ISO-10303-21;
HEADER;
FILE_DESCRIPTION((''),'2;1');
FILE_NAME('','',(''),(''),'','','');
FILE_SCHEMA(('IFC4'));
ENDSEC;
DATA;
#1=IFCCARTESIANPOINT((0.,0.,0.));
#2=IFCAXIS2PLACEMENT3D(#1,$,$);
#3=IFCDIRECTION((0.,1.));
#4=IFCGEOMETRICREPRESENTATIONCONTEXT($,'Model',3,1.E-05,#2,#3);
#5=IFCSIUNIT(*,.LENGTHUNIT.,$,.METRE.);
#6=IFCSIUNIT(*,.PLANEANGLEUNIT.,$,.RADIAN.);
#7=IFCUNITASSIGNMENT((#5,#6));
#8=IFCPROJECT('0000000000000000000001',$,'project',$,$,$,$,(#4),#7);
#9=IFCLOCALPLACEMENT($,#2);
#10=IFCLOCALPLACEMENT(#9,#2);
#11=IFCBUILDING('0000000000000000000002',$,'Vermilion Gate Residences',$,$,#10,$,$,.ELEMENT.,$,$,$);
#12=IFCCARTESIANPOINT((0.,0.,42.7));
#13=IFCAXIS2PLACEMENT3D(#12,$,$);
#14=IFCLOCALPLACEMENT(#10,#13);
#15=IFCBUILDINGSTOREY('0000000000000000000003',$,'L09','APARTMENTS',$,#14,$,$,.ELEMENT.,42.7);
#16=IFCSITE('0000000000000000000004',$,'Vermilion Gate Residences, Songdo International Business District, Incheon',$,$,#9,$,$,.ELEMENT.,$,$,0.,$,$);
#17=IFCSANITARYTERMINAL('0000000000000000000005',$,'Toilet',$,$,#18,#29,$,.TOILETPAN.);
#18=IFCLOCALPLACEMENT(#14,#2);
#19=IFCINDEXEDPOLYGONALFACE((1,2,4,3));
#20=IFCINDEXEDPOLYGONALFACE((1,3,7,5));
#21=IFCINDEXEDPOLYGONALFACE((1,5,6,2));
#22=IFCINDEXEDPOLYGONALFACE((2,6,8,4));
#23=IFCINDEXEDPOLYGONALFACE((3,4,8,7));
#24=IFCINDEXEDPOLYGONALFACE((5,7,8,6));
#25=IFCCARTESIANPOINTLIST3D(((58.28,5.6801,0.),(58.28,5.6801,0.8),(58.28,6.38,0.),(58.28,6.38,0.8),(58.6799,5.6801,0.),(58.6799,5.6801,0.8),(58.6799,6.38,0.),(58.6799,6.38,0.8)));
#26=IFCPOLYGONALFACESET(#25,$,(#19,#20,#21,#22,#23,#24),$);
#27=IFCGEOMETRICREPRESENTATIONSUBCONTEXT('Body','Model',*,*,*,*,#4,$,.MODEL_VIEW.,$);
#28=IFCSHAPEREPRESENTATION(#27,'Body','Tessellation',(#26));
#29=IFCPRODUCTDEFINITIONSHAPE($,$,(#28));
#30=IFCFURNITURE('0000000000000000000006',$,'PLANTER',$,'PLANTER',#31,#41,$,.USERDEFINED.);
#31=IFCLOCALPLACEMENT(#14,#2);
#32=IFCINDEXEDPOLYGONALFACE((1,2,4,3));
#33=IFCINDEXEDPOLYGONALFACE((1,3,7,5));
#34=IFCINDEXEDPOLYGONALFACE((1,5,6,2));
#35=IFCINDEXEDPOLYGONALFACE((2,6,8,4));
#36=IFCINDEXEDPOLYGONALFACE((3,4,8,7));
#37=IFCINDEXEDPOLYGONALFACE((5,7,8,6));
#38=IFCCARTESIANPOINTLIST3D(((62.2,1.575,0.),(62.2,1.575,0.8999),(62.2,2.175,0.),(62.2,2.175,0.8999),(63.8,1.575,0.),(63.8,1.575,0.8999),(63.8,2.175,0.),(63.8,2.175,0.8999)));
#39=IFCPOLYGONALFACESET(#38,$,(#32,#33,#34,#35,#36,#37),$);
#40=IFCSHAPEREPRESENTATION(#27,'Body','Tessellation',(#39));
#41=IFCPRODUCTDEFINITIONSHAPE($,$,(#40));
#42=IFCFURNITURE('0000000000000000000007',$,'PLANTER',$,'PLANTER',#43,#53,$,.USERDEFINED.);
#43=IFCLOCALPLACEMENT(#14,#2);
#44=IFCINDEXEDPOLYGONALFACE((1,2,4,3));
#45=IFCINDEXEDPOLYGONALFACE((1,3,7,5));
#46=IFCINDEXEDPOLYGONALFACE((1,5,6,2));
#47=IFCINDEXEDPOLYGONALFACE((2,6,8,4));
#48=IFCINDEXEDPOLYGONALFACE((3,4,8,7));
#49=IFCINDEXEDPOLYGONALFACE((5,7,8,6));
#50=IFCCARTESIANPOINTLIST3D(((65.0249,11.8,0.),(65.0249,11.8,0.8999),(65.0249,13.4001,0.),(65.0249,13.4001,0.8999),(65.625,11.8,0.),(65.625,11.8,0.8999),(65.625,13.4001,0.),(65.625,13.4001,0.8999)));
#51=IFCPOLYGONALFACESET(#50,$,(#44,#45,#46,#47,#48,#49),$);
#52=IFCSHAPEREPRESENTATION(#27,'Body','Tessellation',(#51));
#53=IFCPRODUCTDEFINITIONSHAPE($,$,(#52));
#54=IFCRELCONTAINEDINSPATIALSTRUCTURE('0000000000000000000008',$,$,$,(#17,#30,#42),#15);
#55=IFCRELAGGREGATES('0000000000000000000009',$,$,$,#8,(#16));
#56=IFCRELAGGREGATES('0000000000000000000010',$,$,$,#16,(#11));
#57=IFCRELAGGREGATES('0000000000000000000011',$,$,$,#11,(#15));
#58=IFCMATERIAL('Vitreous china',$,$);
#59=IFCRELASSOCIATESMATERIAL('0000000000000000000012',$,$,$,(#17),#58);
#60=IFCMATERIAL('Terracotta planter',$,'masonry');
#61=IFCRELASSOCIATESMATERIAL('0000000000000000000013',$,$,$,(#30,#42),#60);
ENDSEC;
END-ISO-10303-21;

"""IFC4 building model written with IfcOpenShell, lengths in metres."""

from ifc_helpers import new_model, si_unit, direction, frame, origin, origin_2d, place, context, subcontext, project, spatial, rectangle, extrude, material, element, save


model = new_model("IFC4")

# Units and contexts
model_context = context("Model", 3, precision=1e-05, world=origin(), true_north=direction((0.0, 1.0)))
body_context = subcontext(model_context, "Body", "Model", "MODEL_VIEW")
ifc_project = project(units=[si_unit("LENGTHUNIT", "METRE"), si_unit("PLANEANGLEUNIT", "RADIAN")], contexts=[model_context])

# Site, building, storey
site_placement = place(None, origin())
site = spatial("IfcSite", under=ifc_project, at=site_placement, Name="Vermilion Gate Residences, Songdo International Business District, Incheon", CompositionType="ELEMENT", RefElevation=0.0)
building_placement = place(site_placement, origin())
building = spatial("IfcBuilding", under=site, at=building_placement, Name="Vermilion Gate Residences", CompositionType="ELEMENT")
storey_placement = place(building_placement, frame((0.0, 0.0, 42.7)))
storey = spatial("IfcBuildingStorey", under=building, at=storey_placement, Name="L09", Description="APARTMENTS", CompositionType="ELEMENT", Elevation=42.7)

# Sanitary terminal
ifc_material_1 = material(Name="Vitreous china")
sanitary_terminal_1_placement = place(storey_placement, frame((58.48, 6.03, 0.0), z_axis=(0.0, 0.0, 1.0), x_axis=(1.0, 0.0, 0.0)))
element("IfcSanitaryTerminal", 1, at=sanitary_terminal_1_placement, inside=storey, material=ifc_material_1, Name="Toilet", PredefinedType="TOILETPAN", context=body_context, shape_type="SweptSolid", body=[
    extrude(rectangle(XDim=0.3999, YDim=0.7, at=origin_2d()), origin(), (0.0, 0.0, 1.0), 0.8),
])

# Furniture
ifc_material_2 = material(Name="Terracotta planter", Category="masonry")
for number, where, z_axis, x_axis, name in (
    (2, (63.0, 1.875, 0.0), (0.0, 0.0, 1.0), (1.0, 0.0, 0.0), "PLANTER"),
    (3, (65.325, 12.6001, 0.0), (0.0, 0.0, 1.0), (0.0, 1.0, 0.0), "PLANTER"),
):
    element("IfcFurniture", number, at=place(storey_placement, frame(where, z_axis=z_axis, x_axis=x_axis)), inside=storey, material=ifc_material_2, Name=name, ObjectType="PLANTER", PredefinedType="USERDEFINED", context=body_context, shape_type="SweptSolid", body=[
        extrude(rectangle(XDim=1.6001, YDim=0.6001, at=origin_2d()), origin(), (0.0, 0.0, 1.0), 0.8999),
    ])

save(model, "model.ifc")
